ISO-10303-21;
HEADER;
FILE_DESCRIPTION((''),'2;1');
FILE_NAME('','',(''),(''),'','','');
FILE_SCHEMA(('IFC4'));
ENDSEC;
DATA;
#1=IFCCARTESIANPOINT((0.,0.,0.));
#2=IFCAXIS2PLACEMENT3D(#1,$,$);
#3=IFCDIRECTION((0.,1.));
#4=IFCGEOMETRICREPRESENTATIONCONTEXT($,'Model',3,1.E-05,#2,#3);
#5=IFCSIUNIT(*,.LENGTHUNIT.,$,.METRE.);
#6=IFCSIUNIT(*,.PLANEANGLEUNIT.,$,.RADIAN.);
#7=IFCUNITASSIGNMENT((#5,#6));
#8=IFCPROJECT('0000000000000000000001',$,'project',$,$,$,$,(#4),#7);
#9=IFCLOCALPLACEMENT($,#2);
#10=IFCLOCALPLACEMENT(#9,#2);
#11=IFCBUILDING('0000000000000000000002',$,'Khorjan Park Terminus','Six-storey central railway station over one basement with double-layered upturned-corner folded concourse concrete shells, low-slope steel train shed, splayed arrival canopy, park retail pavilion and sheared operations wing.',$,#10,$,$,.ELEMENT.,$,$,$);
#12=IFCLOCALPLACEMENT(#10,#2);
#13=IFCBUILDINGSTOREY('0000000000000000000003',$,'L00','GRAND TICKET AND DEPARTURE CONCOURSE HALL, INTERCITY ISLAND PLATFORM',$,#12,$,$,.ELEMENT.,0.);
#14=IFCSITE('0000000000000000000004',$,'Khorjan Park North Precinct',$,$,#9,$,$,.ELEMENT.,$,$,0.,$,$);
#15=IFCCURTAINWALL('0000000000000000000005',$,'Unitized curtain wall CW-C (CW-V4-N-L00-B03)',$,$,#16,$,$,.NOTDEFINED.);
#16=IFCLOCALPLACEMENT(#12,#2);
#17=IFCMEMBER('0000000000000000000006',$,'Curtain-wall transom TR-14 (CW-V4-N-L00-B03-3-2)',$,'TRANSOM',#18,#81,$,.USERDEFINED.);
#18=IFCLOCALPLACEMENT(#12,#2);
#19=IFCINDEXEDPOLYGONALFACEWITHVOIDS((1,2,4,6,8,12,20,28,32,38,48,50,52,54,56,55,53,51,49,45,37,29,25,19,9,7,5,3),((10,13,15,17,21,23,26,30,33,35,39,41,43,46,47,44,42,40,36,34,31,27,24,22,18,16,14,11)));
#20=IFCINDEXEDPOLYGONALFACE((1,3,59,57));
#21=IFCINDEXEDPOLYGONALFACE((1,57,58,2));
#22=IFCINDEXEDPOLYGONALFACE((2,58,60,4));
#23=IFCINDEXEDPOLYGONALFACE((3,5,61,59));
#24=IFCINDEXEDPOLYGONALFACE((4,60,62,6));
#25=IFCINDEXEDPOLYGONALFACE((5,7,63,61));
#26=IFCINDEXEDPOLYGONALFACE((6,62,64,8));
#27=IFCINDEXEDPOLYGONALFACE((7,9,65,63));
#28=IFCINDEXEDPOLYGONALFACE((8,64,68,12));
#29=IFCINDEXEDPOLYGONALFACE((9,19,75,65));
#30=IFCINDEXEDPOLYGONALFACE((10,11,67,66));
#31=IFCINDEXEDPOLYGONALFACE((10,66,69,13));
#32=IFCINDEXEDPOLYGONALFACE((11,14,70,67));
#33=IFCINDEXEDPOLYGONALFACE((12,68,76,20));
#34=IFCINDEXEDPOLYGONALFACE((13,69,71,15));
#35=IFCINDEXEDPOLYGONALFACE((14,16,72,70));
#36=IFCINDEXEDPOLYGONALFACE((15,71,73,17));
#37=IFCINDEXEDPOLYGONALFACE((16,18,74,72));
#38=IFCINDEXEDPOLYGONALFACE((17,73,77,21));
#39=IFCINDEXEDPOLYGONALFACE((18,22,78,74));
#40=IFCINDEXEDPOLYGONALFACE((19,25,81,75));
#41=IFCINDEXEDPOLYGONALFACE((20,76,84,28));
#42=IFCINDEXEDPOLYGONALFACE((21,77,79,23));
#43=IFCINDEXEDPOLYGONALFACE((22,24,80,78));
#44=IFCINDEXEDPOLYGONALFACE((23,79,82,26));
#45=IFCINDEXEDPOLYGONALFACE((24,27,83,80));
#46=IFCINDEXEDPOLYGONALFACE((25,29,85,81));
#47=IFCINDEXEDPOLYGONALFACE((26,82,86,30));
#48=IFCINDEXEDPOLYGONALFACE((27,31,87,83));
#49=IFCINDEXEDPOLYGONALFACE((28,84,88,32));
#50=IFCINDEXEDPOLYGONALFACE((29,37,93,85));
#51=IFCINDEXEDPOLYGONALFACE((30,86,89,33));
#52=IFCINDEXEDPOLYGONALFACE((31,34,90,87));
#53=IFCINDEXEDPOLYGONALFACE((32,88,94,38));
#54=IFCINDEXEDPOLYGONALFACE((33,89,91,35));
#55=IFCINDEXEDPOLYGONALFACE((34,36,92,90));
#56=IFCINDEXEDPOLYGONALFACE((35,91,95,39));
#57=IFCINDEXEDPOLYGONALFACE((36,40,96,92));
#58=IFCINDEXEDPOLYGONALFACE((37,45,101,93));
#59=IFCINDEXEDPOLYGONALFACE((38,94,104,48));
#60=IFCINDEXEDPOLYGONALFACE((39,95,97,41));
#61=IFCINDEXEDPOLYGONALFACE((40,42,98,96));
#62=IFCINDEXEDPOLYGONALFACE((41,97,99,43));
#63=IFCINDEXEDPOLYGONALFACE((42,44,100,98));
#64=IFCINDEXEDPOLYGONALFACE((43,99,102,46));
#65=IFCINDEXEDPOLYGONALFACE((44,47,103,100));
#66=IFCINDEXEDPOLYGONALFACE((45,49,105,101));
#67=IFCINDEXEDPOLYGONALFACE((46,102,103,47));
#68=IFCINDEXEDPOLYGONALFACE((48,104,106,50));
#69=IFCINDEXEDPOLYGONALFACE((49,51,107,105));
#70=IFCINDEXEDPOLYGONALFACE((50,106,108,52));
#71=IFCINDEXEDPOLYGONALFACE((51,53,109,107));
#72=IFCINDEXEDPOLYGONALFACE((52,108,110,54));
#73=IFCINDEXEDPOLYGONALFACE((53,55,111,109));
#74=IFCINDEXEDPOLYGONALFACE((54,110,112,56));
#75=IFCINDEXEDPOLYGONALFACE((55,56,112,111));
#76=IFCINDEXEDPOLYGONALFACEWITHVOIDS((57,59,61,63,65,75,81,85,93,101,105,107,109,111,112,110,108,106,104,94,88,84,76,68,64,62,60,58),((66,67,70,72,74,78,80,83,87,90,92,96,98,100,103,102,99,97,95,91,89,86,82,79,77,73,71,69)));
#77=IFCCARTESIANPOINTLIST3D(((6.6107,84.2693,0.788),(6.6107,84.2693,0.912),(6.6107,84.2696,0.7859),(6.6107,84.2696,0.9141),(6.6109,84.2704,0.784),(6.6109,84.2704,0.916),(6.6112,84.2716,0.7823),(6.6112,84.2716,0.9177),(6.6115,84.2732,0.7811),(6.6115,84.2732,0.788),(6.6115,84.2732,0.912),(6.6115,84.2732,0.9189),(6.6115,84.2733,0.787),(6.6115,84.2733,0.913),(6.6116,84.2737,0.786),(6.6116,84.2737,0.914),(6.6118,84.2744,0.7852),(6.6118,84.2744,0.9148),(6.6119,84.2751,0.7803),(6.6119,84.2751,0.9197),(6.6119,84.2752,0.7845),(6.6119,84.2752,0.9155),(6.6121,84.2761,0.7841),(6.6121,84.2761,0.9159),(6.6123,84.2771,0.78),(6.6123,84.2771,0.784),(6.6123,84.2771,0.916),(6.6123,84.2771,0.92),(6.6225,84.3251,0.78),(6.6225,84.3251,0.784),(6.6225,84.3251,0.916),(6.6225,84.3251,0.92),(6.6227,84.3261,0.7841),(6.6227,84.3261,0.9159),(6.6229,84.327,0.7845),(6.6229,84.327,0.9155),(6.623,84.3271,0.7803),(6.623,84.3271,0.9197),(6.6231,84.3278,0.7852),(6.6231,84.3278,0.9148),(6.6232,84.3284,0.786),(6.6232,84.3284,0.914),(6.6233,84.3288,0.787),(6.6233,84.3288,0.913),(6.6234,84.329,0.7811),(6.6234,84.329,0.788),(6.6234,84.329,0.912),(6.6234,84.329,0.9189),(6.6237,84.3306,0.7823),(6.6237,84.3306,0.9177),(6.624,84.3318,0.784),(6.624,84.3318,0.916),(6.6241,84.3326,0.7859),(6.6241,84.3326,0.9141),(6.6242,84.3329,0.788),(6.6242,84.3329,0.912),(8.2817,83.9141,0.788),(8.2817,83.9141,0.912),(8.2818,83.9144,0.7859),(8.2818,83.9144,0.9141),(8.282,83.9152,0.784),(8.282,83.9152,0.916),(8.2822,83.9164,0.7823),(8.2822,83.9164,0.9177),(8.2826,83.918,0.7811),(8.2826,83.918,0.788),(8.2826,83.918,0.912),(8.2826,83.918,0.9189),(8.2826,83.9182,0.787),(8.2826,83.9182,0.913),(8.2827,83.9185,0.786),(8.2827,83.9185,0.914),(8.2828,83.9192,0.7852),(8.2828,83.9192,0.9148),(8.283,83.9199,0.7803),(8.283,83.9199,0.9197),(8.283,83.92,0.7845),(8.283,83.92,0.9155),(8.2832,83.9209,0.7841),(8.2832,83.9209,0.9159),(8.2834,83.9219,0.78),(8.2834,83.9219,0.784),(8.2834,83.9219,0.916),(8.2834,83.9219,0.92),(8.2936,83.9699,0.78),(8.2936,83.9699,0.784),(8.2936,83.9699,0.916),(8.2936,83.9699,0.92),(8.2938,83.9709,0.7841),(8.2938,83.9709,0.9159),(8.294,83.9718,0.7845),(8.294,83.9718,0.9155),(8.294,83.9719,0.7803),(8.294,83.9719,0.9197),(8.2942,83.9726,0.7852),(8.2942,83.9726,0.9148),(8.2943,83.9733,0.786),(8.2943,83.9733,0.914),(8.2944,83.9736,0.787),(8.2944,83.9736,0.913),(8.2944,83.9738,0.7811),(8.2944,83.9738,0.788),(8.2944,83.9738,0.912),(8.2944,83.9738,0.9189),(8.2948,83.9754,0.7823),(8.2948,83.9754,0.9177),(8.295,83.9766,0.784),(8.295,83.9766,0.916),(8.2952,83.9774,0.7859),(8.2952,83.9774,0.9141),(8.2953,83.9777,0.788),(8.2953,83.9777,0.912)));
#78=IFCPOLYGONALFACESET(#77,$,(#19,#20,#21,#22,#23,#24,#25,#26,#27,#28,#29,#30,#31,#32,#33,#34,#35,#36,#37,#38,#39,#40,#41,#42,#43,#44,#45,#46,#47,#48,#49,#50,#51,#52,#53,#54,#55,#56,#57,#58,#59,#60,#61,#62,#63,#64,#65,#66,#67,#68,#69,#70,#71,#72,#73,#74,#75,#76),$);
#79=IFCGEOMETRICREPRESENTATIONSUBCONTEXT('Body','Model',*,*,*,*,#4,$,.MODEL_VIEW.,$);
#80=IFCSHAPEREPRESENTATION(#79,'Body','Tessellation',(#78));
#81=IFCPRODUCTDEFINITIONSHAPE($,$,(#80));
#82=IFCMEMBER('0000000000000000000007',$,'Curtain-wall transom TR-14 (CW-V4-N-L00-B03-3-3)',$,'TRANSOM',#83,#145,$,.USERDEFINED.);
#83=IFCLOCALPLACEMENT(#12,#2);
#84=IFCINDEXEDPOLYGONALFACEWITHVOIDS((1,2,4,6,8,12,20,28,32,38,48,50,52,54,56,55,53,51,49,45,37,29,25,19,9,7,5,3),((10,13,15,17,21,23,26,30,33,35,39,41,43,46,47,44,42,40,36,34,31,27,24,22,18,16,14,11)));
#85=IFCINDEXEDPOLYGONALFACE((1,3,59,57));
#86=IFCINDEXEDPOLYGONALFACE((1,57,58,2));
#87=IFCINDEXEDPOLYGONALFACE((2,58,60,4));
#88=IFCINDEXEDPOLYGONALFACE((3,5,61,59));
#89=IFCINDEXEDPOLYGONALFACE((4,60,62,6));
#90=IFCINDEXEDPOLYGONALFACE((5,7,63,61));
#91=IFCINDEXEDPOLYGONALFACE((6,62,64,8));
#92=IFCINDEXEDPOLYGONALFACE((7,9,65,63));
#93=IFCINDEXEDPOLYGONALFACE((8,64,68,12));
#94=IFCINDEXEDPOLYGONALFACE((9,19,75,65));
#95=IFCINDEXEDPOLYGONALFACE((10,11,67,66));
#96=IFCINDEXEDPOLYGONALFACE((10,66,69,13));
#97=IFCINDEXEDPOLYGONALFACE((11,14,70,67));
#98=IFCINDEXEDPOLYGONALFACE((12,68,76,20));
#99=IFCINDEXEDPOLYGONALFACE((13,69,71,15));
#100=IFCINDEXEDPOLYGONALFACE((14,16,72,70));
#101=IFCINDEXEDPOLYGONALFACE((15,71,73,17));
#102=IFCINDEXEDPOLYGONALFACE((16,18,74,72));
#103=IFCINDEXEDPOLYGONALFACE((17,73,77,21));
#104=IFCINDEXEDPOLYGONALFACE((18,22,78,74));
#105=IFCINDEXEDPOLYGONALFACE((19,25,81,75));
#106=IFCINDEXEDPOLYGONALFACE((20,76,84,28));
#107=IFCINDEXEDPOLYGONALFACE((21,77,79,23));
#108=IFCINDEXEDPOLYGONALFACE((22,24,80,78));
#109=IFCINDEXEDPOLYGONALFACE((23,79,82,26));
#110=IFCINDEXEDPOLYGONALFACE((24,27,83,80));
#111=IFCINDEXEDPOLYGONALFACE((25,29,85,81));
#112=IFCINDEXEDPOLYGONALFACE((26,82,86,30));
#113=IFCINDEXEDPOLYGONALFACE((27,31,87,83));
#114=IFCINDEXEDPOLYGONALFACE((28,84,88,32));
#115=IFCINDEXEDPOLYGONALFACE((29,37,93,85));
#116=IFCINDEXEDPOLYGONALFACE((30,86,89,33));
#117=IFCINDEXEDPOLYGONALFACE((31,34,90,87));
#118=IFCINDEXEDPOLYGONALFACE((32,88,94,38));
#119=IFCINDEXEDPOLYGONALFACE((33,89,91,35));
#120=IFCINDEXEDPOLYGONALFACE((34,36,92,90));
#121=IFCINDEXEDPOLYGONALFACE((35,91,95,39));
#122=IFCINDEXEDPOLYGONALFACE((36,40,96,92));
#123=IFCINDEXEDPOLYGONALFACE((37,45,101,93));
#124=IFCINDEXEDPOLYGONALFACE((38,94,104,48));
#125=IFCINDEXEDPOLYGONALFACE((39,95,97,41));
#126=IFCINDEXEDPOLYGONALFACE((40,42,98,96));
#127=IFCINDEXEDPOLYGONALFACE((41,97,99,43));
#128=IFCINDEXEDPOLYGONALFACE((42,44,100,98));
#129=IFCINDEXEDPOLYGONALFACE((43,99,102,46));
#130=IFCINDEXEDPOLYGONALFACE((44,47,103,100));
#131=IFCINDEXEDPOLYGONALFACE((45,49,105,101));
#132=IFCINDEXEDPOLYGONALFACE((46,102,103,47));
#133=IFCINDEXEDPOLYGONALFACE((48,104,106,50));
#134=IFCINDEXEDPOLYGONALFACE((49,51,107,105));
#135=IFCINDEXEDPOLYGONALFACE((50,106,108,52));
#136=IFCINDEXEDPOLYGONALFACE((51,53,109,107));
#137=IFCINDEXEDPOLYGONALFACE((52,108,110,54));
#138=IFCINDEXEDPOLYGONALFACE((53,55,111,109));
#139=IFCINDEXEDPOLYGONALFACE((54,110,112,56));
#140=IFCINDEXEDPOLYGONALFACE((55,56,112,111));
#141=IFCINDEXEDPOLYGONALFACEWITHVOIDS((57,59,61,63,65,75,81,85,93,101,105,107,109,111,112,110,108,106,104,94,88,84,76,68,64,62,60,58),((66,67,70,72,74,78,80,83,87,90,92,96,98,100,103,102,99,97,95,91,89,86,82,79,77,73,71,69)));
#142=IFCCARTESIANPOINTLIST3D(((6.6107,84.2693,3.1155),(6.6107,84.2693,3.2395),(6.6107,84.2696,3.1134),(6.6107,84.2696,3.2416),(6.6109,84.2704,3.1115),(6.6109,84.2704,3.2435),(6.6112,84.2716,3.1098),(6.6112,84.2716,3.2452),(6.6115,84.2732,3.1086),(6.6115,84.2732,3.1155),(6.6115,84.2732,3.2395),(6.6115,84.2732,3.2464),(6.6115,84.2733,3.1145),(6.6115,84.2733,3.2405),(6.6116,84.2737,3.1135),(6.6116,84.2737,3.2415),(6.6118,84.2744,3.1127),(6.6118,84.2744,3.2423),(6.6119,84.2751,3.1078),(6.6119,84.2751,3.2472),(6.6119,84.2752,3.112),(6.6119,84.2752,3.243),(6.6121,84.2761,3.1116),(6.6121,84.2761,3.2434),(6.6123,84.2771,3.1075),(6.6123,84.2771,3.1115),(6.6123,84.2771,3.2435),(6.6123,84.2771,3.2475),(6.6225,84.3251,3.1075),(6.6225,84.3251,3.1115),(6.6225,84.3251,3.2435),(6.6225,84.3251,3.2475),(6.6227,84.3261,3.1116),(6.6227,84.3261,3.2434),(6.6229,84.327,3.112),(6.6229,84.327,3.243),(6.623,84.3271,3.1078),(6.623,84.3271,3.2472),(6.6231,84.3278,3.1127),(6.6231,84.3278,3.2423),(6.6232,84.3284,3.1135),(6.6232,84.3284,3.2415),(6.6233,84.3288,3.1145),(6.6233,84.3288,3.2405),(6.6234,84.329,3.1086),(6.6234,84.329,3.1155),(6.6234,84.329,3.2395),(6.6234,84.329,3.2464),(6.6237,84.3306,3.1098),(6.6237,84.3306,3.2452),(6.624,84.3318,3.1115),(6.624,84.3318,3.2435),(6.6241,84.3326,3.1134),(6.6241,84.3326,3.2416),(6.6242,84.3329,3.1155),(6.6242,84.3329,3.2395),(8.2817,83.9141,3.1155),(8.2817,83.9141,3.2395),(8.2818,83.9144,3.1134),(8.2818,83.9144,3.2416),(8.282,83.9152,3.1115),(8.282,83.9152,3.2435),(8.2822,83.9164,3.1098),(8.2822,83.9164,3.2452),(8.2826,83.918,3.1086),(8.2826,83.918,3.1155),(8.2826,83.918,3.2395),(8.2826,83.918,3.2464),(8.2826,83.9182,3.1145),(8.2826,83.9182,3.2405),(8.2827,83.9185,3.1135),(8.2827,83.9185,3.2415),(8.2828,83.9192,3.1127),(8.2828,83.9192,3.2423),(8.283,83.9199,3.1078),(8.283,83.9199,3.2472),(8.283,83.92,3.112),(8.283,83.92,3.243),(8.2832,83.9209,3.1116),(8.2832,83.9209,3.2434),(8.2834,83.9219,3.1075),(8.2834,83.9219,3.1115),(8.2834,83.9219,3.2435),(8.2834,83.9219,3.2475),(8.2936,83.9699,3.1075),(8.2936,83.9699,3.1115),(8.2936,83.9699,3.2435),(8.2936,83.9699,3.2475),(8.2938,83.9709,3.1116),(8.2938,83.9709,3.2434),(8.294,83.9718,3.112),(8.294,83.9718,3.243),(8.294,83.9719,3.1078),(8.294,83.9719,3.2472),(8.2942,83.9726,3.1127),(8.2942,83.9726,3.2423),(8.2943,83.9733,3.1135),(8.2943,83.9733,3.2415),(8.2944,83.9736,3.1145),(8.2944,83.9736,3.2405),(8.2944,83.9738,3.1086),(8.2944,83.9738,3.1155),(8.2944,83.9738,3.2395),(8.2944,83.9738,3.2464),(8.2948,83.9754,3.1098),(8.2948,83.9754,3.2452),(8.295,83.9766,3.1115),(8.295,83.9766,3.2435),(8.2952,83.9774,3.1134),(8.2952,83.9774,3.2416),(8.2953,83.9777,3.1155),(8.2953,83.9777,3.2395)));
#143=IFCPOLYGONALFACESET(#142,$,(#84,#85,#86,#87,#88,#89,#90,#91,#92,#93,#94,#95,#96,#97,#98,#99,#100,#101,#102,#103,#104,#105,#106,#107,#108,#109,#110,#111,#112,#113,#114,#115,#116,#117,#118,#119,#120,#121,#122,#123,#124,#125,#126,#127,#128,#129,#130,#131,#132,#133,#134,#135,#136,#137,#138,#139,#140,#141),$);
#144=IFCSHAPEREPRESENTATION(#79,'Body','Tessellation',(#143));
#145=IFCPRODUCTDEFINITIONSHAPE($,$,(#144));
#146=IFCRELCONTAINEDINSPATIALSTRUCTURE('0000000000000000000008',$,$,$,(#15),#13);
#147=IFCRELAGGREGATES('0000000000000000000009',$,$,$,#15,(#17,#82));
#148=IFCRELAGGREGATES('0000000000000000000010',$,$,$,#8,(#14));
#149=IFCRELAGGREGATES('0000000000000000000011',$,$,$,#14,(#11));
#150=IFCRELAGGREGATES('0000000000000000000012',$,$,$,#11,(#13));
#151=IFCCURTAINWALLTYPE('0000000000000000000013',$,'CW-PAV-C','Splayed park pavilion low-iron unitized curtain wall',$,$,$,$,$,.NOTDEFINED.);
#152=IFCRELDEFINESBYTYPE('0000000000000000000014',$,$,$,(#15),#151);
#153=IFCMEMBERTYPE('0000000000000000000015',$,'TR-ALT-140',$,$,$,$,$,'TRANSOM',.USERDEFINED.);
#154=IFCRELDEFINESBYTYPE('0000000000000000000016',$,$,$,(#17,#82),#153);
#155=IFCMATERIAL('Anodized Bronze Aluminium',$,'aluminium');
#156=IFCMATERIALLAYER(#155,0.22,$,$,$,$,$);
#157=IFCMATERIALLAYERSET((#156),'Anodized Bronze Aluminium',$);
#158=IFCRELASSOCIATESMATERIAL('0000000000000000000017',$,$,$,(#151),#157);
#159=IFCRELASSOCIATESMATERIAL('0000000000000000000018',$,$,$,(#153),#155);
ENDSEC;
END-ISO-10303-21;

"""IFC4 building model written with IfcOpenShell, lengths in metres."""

from ifc_helpers import new_model, si_unit, direction, frame, origin, origin_2d, place, context, subcontext, project, spatial, hollow_rectangle, extrude, material, layer, layer_set, material_profile, profile_set, type_object, element, aggregate, save


model = new_model("IFC4")

# Units and contexts
model_context = context("Model", 3, precision=1e-05, world=origin(), true_north=direction((0.0, 1.0)))
body_context = subcontext(model_context, "Body", "Model", "MODEL_VIEW")
ifc_project = project(units=[si_unit("LENGTHUNIT", "METRE"), si_unit("PLANEANGLEUNIT", "RADIAN")], contexts=[model_context])

# Site, building, storey
site_placement = place(None, origin())
site = spatial("IfcSite", under=ifc_project, at=site_placement, Name="Khorjan Park North Precinct", CompositionType="ELEMENT", RefElevation=0.0)
building_placement = place(site_placement, origin())
building = spatial("IfcBuilding", under=site, at=building_placement, Name="Khorjan Park Terminus", Description="Six-storey central railway station over one basement with double-layered upturned-corner folded concourse concrete shells, low-slope steel train shed, splayed arrival canopy, park retail pavilion and sheared operations wing.", CompositionType="ELEMENT")
storey_placement = place(building_placement, origin())
storey = spatial("IfcBuildingStorey", under=building, at=storey_placement, Name="L00", Description="GRAND TICKET AND DEPARTURE CONCOURSE HALL, INTERCITY ISLAND PLATFORM", CompositionType="ELEMENT", Elevation=0.0)

# Curtain wall
ifc_material_1 = material(Name="Anodized Bronze Aluminium", Category="aluminium")
ifc_layer_1 = layer(ifc_material_1, 0.22)
ifc_layer_set_1 = layer_set([ifc_layer_1], Name="Anodized Bronze Aluminium")
curtain_wall_type = type_object("IfcCurtainWallType", Name="CW-PAV-C", Description="Splayed park pavilion low-iron unitized curtain wall", PredefinedType="NOTDEFINED", material=ifc_layer_set_1)
curtain_wall_1_placement = place(storey_placement, origin())
curtain_wall_1 = element("IfcCurtainWall", 1, at=curtain_wall_1_placement, inside=storey, type_object=curtain_wall_type, Name="Unitized curtain wall CW-C (CW-V4-N-L00-B03)", PredefinedType="NOTDEFINED")

# Members
ifc_material_profile_1 = material_profile(ifc_material_1, hollow_rectangle(XDim=0.065, YDim=0.14, WallThickness=0.004, InnerFilletRadius=0.004, OuterFilletRadius=0.008, at=origin_2d()), Name="ALT 65x140x4")
ifc_profile_set_1 = profile_set([ifc_material_profile_1], Name="Anodized Bronze Aluminium")
member_type_1 = type_object("IfcMemberType", Name="TR-ALT-140", ElementType="TRANSOM", PredefinedType="USERDEFINED", material=ifc_profile_set_1)
member_1_placement = place(storey_placement, frame((8.2885, 83.9459, 0.85), z_axis=(-0.978148, 0.20791, 0.0), x_axis=(-0.20791, -0.978148, 0.0)))
member_1 = element("IfcMember", 2, at=member_1_placement, type_object=member_type_1, Name="Curtain-wall transom TR-14 (CW-V4-N-L00-B03-3-2)", ObjectType="TRANSOM", PredefinedType="USERDEFINED", context=body_context, shape_type="SweptSolid", body=[
    extrude(hollow_rectangle(XDim=0.065, YDim=0.14, WallThickness=0.004, InnerFilletRadius=0.004, OuterFilletRadius=0.008, at=origin_2d()), origin(), (0.0, 0.0, 1.0), 1.7084),
])
member_2_placement = place(storey_placement, frame((8.2885, 83.9459, 3.1775), z_axis=(-0.978148, 0.20791, 0.0), x_axis=(-0.20791, -0.978148, 0.0)))
member_2 = element("IfcMember", 3, at=member_2_placement, type_object=member_type_1, Name="Curtain-wall transom TR-14 (CW-V4-N-L00-B03-3-3)", ObjectType="TRANSOM", PredefinedType="USERDEFINED", context=body_context, shape_type="SweptSolid", body=[
    extrude(hollow_rectangle(XDim=0.065, YDim=0.14, WallThickness=0.004, InnerFilletRadius=0.004, OuterFilletRadius=0.008, at=origin_2d()), origin(), (0.0, 0.0, 1.0), 1.7084),
])

aggregate(curtain_wall_1, [member_1, member_2])

save(model, "model.ifc")
